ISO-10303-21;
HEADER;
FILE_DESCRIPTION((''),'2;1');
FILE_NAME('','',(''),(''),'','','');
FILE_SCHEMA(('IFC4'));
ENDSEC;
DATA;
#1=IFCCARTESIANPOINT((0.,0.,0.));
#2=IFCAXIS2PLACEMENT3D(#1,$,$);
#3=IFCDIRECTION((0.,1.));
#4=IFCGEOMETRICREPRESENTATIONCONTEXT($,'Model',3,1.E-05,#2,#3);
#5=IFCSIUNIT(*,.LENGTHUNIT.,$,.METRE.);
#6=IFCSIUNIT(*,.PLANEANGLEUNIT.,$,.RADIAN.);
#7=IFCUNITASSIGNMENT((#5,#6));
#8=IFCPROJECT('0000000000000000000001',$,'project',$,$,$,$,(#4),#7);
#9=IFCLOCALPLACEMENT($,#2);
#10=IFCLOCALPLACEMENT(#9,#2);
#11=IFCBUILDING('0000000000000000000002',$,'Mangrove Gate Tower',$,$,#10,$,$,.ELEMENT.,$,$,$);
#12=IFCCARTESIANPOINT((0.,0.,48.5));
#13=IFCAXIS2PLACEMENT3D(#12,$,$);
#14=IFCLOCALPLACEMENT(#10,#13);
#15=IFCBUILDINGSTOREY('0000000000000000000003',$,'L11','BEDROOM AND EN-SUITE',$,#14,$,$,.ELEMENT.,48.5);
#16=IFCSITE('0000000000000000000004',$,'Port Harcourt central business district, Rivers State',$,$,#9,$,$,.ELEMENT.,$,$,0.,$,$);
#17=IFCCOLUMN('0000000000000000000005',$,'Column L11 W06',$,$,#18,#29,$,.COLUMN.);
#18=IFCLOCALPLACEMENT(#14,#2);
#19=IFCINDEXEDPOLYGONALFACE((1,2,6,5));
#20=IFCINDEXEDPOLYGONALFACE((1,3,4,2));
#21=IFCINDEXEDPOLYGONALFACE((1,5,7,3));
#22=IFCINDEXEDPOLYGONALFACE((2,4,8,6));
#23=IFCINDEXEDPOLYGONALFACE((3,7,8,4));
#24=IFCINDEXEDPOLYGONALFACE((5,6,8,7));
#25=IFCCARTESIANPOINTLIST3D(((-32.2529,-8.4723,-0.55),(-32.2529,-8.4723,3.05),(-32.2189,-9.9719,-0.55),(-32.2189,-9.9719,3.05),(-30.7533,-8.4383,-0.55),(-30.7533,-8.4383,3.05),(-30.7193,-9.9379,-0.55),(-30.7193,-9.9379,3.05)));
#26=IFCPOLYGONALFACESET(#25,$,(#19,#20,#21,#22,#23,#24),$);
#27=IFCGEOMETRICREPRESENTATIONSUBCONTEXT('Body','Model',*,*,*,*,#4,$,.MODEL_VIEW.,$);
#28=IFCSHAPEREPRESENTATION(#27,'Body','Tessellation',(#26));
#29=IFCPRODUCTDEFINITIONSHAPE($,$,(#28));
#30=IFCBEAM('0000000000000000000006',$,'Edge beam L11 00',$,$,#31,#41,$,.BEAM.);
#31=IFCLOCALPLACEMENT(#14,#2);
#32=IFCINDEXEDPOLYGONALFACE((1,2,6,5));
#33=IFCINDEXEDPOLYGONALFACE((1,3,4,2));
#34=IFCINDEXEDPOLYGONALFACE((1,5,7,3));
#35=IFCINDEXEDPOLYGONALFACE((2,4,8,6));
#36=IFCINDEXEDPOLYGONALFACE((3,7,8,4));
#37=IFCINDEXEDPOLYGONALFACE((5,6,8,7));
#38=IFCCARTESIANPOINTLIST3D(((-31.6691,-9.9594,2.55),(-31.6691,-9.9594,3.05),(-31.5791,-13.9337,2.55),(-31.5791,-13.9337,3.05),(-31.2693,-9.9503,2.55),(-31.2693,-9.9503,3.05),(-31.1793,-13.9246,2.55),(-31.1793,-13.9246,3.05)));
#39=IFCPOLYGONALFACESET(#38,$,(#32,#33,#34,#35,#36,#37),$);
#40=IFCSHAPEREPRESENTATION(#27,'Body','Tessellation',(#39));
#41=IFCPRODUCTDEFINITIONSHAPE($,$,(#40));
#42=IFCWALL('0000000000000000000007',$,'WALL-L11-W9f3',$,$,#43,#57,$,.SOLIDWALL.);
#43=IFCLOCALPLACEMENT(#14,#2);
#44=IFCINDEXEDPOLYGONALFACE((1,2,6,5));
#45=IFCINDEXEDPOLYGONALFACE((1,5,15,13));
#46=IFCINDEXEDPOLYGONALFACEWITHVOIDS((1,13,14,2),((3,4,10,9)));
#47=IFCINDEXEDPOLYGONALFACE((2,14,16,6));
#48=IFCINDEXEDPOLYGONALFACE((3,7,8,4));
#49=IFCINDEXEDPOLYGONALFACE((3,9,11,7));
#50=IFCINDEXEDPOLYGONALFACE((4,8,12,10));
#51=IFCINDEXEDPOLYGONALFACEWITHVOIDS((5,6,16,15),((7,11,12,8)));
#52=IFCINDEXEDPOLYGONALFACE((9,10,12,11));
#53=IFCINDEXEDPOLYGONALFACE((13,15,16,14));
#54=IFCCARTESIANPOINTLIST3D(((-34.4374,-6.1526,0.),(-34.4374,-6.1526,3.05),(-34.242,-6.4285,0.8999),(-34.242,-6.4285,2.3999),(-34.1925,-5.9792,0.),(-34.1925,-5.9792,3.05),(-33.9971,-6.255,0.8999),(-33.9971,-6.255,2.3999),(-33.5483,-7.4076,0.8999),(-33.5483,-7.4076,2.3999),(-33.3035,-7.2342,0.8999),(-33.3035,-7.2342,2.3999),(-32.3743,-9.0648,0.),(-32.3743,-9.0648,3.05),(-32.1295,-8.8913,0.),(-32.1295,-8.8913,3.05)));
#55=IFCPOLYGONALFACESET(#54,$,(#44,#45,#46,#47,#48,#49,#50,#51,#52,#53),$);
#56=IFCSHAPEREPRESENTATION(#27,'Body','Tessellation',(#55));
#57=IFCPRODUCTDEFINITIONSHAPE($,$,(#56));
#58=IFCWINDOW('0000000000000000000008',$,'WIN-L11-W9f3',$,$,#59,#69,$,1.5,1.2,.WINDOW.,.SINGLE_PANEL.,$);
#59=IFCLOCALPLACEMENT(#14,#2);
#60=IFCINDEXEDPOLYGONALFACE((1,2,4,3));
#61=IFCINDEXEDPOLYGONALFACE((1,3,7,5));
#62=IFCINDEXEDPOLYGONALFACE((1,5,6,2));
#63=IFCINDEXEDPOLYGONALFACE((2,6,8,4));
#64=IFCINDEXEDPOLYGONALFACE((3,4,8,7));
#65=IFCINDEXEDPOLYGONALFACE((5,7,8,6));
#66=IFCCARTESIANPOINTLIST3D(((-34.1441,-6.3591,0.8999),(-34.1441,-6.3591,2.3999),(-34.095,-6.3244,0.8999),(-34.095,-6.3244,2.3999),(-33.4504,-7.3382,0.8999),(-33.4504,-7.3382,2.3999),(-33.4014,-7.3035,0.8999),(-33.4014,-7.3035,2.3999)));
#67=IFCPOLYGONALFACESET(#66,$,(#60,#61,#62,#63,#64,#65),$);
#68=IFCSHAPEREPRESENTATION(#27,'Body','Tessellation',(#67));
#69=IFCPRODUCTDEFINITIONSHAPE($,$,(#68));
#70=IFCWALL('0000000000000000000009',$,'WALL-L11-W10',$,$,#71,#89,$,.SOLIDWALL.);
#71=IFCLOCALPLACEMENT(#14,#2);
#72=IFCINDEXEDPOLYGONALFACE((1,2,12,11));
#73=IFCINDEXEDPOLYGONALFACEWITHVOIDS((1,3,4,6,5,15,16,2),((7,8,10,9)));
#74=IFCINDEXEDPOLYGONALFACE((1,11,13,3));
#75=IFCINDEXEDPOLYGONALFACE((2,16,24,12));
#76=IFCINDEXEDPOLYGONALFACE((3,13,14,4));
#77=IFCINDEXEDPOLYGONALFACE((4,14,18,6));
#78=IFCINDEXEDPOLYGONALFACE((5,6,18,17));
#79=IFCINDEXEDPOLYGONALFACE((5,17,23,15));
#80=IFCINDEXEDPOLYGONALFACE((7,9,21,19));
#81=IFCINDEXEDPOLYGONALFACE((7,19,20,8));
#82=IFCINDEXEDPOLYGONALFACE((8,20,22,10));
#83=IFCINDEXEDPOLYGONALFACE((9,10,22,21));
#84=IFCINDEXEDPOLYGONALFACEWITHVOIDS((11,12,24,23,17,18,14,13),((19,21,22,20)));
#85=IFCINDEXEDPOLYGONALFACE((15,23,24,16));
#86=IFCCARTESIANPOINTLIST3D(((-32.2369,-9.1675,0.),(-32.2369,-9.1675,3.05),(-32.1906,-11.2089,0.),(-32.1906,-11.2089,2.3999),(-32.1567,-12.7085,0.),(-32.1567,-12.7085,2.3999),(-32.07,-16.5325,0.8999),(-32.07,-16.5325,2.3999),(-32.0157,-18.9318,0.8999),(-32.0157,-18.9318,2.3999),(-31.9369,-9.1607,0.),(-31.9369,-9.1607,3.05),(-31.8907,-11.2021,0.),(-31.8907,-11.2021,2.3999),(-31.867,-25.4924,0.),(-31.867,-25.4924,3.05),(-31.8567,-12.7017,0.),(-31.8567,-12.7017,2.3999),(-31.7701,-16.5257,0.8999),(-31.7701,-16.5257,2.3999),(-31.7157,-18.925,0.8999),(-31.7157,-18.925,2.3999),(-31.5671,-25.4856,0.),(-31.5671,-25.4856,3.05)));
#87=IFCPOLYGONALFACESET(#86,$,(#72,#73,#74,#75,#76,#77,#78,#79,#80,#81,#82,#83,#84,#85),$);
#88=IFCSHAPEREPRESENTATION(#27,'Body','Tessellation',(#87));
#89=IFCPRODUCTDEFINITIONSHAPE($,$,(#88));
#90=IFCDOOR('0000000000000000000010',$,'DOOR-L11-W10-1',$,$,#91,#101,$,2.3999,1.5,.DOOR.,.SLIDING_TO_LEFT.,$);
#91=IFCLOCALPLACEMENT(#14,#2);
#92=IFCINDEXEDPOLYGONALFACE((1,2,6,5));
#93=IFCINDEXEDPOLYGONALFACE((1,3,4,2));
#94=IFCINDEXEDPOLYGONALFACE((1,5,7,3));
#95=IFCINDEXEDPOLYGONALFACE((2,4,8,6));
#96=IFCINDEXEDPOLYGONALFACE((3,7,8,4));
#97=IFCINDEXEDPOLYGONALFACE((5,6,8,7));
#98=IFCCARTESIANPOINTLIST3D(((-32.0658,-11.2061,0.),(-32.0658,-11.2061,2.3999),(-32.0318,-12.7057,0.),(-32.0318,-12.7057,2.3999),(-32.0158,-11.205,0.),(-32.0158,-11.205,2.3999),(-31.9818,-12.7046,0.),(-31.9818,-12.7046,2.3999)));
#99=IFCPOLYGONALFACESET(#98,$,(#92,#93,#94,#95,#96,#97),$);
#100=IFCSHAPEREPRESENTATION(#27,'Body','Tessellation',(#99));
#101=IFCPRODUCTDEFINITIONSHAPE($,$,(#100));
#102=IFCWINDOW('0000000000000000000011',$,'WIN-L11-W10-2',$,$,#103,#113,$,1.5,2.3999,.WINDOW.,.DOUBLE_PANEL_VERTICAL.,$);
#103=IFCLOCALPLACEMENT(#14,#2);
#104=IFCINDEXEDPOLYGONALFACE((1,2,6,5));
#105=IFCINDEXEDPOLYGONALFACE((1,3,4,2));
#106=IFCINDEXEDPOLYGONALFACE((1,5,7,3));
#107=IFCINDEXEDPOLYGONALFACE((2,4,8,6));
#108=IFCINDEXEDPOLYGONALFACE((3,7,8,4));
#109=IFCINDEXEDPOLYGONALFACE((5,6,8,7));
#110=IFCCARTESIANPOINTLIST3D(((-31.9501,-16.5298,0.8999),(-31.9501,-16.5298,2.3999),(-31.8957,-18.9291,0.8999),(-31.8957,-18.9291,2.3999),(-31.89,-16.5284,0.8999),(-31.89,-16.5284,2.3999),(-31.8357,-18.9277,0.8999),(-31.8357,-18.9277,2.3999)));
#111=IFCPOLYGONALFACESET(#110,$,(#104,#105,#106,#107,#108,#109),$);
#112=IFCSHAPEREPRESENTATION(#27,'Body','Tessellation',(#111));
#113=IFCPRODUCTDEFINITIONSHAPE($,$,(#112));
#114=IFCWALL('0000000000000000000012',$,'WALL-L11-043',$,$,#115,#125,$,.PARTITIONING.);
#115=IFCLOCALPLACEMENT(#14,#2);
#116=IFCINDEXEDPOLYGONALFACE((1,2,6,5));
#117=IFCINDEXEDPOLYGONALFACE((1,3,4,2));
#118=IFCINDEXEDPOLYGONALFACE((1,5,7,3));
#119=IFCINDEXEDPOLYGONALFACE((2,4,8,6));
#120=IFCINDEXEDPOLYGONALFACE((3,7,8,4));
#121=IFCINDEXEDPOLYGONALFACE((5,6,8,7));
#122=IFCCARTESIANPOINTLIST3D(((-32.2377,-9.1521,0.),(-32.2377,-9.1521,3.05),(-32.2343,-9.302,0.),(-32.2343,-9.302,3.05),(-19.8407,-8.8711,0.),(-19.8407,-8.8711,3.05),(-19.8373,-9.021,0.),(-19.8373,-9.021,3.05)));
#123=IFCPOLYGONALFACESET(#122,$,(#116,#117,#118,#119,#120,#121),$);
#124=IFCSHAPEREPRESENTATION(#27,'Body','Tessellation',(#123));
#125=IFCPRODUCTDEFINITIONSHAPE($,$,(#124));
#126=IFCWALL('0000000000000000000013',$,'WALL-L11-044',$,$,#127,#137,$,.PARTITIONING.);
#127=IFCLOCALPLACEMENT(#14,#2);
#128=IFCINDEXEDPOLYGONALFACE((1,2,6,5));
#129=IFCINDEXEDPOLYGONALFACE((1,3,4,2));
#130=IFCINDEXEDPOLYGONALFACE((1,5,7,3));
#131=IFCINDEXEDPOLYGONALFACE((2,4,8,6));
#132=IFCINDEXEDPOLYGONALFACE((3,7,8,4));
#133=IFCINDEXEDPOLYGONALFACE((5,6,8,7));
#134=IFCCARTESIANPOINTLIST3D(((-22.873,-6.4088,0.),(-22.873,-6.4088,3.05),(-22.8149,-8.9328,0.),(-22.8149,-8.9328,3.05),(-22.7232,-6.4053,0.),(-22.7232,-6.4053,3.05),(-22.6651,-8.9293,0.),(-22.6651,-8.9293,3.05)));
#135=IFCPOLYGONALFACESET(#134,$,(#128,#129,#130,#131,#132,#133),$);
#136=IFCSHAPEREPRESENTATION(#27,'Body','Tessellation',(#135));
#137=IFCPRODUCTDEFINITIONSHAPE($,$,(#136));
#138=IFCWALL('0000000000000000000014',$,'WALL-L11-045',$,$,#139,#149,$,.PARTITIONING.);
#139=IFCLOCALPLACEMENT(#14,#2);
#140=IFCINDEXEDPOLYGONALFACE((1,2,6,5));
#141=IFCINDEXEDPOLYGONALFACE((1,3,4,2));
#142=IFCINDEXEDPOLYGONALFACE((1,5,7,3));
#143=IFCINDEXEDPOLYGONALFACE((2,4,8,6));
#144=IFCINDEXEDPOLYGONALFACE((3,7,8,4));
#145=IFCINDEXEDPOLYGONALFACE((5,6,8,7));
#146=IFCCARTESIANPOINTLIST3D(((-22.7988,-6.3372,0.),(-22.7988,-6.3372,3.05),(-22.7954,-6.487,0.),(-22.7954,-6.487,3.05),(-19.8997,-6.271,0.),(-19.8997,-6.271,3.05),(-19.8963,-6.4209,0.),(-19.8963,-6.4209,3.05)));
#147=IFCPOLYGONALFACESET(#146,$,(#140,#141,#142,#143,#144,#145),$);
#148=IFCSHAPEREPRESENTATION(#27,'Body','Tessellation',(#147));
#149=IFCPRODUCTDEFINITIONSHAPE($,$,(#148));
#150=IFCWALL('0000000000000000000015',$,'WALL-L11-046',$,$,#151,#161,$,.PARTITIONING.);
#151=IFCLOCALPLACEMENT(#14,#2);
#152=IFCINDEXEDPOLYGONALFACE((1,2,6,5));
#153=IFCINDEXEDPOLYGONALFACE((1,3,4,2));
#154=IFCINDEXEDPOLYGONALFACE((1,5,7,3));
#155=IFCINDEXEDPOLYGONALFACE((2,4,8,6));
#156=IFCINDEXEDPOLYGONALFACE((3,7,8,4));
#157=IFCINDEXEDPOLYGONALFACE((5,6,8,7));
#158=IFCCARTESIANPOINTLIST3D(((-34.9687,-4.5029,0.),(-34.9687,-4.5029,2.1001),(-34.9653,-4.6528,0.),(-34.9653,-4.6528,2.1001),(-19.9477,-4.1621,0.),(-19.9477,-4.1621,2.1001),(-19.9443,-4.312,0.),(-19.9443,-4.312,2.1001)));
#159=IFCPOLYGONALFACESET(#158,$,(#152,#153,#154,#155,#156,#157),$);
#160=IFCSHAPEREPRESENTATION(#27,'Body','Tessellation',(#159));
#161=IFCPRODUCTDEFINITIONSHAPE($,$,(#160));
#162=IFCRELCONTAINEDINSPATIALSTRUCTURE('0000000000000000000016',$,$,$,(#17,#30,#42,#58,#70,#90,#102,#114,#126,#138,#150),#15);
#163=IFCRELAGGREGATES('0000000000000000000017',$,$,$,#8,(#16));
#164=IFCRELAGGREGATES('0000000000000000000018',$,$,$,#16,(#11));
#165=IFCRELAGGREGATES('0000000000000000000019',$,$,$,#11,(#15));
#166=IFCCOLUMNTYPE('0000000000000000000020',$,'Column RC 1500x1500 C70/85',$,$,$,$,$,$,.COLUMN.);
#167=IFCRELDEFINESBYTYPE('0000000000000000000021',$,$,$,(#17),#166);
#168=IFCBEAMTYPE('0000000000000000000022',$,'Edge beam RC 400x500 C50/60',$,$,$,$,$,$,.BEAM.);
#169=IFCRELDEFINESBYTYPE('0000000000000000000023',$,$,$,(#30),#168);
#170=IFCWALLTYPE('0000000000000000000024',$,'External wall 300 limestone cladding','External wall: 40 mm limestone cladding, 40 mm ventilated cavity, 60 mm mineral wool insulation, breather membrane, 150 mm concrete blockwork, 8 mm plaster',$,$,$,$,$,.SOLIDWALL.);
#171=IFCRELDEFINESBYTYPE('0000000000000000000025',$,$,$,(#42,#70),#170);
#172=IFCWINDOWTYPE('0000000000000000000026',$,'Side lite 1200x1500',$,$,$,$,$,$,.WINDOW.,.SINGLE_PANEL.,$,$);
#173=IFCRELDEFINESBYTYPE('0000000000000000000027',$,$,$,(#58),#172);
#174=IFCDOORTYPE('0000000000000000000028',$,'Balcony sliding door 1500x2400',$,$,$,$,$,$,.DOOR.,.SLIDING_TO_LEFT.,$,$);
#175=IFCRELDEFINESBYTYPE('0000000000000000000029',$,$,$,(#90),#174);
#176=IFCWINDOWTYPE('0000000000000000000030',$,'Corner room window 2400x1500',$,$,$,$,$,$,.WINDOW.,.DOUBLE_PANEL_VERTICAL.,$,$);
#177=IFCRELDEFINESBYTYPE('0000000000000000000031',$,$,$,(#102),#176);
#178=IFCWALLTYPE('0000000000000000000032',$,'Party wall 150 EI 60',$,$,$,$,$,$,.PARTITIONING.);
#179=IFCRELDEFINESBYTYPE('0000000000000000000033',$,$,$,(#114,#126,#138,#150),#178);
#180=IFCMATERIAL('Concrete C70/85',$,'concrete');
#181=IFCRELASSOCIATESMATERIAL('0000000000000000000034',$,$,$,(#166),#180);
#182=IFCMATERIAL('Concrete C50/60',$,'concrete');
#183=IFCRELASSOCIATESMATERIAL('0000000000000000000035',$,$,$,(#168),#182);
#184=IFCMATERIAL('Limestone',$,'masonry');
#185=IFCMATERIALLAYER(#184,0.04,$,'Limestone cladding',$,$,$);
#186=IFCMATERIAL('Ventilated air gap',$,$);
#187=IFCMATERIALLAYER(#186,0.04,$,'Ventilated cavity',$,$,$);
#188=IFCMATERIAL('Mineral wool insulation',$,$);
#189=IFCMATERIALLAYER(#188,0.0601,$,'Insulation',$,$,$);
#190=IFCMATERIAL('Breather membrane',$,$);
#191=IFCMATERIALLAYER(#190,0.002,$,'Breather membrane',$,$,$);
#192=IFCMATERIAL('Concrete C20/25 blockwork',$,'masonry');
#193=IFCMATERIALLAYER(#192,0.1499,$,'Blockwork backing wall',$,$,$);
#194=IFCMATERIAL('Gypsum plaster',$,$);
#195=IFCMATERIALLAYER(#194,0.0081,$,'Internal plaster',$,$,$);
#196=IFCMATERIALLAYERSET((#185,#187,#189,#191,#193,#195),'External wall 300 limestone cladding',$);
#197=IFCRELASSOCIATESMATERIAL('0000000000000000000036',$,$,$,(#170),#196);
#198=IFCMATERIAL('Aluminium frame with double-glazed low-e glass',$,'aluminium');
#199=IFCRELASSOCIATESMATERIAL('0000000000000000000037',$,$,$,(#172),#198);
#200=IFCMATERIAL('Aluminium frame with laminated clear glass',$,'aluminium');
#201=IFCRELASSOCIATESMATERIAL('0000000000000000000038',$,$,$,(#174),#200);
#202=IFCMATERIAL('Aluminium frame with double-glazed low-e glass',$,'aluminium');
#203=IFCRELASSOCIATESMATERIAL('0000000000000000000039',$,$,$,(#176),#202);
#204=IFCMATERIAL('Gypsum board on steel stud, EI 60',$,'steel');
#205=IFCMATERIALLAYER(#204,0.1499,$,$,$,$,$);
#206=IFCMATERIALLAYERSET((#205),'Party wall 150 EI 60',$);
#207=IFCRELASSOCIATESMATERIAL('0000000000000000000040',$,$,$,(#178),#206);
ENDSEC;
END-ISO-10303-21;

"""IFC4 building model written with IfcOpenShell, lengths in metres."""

from ifc_helpers import new_model, si_unit, direction, frame, frame_2d, origin, origin_2d, place, context, subcontext, project, spatial, rectangle, extrude, material, layer, layer_set, material_profile, profile_set, type_object, element, fill, save


model = new_model("IFC4")

# Units and contexts
model_context = context("Model", 3, precision=1e-05, world=origin(), true_north=direction((0.0, 1.0)))
body_context = subcontext(model_context, "Body", "Model", "MODEL_VIEW")
ifc_project = project(units=[si_unit("LENGTHUNIT", "METRE"), si_unit("PLANEANGLEUNIT", "RADIAN")], contexts=[model_context])

# Site, building, storey
site_placement = place(None, origin())
site = spatial("IfcSite", under=ifc_project, at=site_placement, Name="Port Harcourt central business district, Rivers State", CompositionType="ELEMENT", RefElevation=0.0)
building_placement = place(site_placement, origin())
building = spatial("IfcBuilding", under=site, at=building_placement, Name="Mangrove Gate Tower", CompositionType="ELEMENT")
storey_placement = place(building_placement, frame((0.0, 0.0, 48.5)))
storey = spatial("IfcBuildingStorey", under=building, at=storey_placement, Name="L11", Description="BEDROOM AND EN-SUITE", CompositionType="ELEMENT", Elevation=48.5)

# Column
ifc_material_1 = material(Name="Concrete C70/85", Category="concrete")
ifc_material_profile_1 = material_profile(ifc_material_1, rectangle(XDim=1.5, YDim=1.5, at=origin_2d()))
ifc_profile_set_1 = profile_set([ifc_material_profile_1], Name="Concrete C70/85")
column_type = type_object("IfcColumnType", Name="Column RC 1500x1500 C70/85", PredefinedType="COLUMN", material=ifc_profile_set_1)
column_placement = place(storey_placement, frame((-31.4861, -9.2051, -0.55), z_axis=(0.0, 0.0, 1.0), x_axis=(0.022678, -0.999743, 0.0)))
element("IfcColumn", 1, at=column_placement, inside=storey, type_object=column_type, Name="Column L11 W06", PredefinedType="COLUMN", context=body_context, shape_type="SweptSolid", body=[
    extrude(rectangle(XDim=1.5, YDim=1.5, at=origin_2d()), origin(), (0.0, 0.0, 1.0), 3.6001),
])

# Beam
ifc_material_2 = material(Name="Concrete C50/60", Category="concrete")
ifc_material_profile_2 = material_profile(ifc_material_2, rectangle(XDim=0.3999, YDim=0.5, at=origin_2d()))
ifc_profile_set_2 = profile_set([ifc_material_profile_2], Name="Concrete C50/60")
beam_type = type_object("IfcBeamType", Name="Edge beam RC 400x500 C50/60", PredefinedType="BEAM", material=ifc_profile_set_2)
beam_placement = place(storey_placement, frame((-31.4692, -9.9548, 2.8), z_axis=(0.022661, -0.999743, 0.0), x_axis=(0.999743, 0.022661, 0.0)))
element("IfcBeam", 2, at=beam_placement, inside=storey, type_object=beam_type, Name="Edge beam L11 00", PredefinedType="BEAM", context=body_context, shape_type="SweptSolid", body=[
    extrude(rectangle(XDim=0.3999, YDim=0.5, at=origin_2d()), origin(), (0.0, 0.0, 1.0), 3.9753),
])

# Wall, opening, window
ifc_material_3 = material(Name="Limestone", Category="masonry")
ifc_layer_1 = layer(ifc_material_3, 0.04, Name="Limestone cladding")
ifc_material_4 = material(Name="Ventilated air gap")
ifc_layer_2 = layer(ifc_material_4, 0.04, Name="Ventilated cavity")
ifc_material_5 = material(Name="Mineral wool insulation")
ifc_layer_3 = layer(ifc_material_5, 0.0601, Name="Insulation")
ifc_material_6 = material(Name="Breather membrane")
ifc_layer_4 = layer(ifc_material_6, 0.002, Name="Breather membrane")
ifc_material_7 = material(Name="Concrete C20/25 blockwork", Category="masonry")
ifc_layer_5 = layer(ifc_material_7, 0.1499, Name="Blockwork backing wall")
ifc_material_8 = material(Name="Gypsum plaster")
ifc_layer_6 = layer(ifc_material_8, 0.0081, Name="Internal plaster")
ifc_layer_set_1 = layer_set([ifc_layer_1, ifc_layer_2, ifc_layer_3, ifc_layer_4, ifc_layer_5, ifc_layer_6], Name="External wall 300 limestone cladding")
wall_type_1 = type_object("IfcWallType", Name="External wall 300 limestone cladding", Description="External wall: 40 mm limestone cladding, 40 mm ventilated cavity, 60 mm mineral wool insulation, breather membrane, 150 mm concrete blockwork, 8 mm plaster", PredefinedType="SOLIDWALL", material=ifc_layer_set_1)
wall_1_placement = place(storey_placement, frame((-34.3149, -6.0659, 0.0), z_axis=(0.0, 0.0, 1.0), x_axis=(0.578063, -0.815992, 0.0)))
wall_1 = element("IfcWall", 3, at=wall_1_placement, inside=storey, type_object=wall_type_1, Name="WALL-L11-W9f3", PredefinedType="SOLIDWALL", context=body_context, shape_type="SweptSolid", body=[
    extrude(rectangle(XDim=3.5688, YDim=0.3, at=frame_2d((1.7844, 0.0))), origin(), (0.0, 0.0, 1.0), 3.05),
])
opening_1_placement = place(wall_1_placement, frame((0.3379, 0.0, 0.8999)))
opening_1 = element("IfcOpeningElement", 4, at=opening_1_placement, cuts=wall_1, PredefinedType="OPENING", context=body_context, shape_type="SweptSolid", body=[
    extrude(rectangle(XDim=1.2, YDim=1.5, at=frame_2d((0.6001, 0.75))), frame((0.0, 0.1599, 0.0), z_axis=(0.0, -1.0, 0.0), x_axis=(1.0, 0.0, 0.0)), (0.0, 0.0, 1.0), 0.3201),
])
ifc_material_9 = material(Name="Aluminium frame with double-glazed low-e glass", Category="aluminium")
window_type_1 = type_object("IfcWindowType", Name="Side lite 1200x1500", PartitioningType="SINGLE_PANEL", PredefinedType="WINDOW", material=ifc_material_9)
window_1_placement = place(opening_1_placement, origin())
window_1 = element("IfcWindow", 5, at=window_1_placement, inside=storey, type_object=window_type_1, Name="WIN-L11-W9f3", OverallHeight=1.5, OverallWidth=1.2, PartitioningType="SINGLE_PANEL", PredefinedType="WINDOW", context=body_context, shape_type="SweptSolid", body=[
    extrude(rectangle(XDim=1.2, YDim=1.5, at=frame_2d((0.6001, 0.75))), frame((0.0, 0.03, 0.0), z_axis=(0.0, -1.0, 0.0), x_axis=(1.0, 0.0, 0.0)), (0.0, 0.0, 1.0), 0.0601),
])
fill(opening_1, window_1)

# Wall, openings, door, window
wall_2_placement = place(storey_placement, frame((-32.0869, -9.1641, 0.0), z_axis=(0.0, 0.0, 1.0), x_axis=(0.022651, -0.999743, 0.0)))
wall_2 = element("IfcWall", 6, at=wall_2_placement, inside=storey, type_object=wall_type_1, Name="WALL-L11-W10", PredefinedType="SOLIDWALL", context=body_context, shape_type="SweptSolid", body=[
    extrude(rectangle(XDim=16.3291, YDim=0.3, at=frame_2d((8.1646, 0.0))), origin(), (0.0, 0.0, 1.0), 3.05),
])
opening_2_placement = place(wall_2_placement, frame((2.042, 0.0, 0.0)))
opening_2 = element("IfcOpeningElement", 7, at=opening_2_placement, cuts=wall_2, PredefinedType="OPENING", context=body_context, shape_type="SweptSolid", body=[
    extrude(rectangle(XDim=1.5, YDim=2.3999, at=frame_2d((0.75, 1.2))), frame((0.0, 0.1599, 0.0), z_axis=(0.0, -1.0, 0.0), x_axis=(1.0, 0.0, 0.0)), (0.0, 0.0, 1.0), 0.3201),
])
opening_3_placement = place(wall_2_placement, frame((7.3669, 0.0, 0.8999)))
opening_3 = element("IfcOpeningElement", 8, at=opening_3_placement, cuts=wall_2, PredefinedType="OPENING", context=body_context, shape_type="SweptSolid", body=[
    extrude(rectangle(XDim=2.3999, YDim=1.5, at=frame_2d((1.2, 0.75))), frame((0.0, 0.1599, 0.0), z_axis=(0.0, -1.0, 0.0), x_axis=(1.0, 0.0, 0.0)), (0.0, 0.0, 1.0), 0.3201),
])
ifc_material_10 = material(Name="Aluminium frame with laminated clear glass", Category="aluminium")
door_type = type_object("IfcDoorType", Name="Balcony sliding door 1500x2400", OperationType="SLIDING_TO_LEFT", PredefinedType="DOOR", material=ifc_material_10)
door_placement = place(opening_2_placement, origin())
door = element("IfcDoor", 9, at=door_placement, inside=storey, type_object=door_type, Name="DOOR-L11-W10-1", OperationType="SLIDING_TO_LEFT", OverallHeight=2.3999, OverallWidth=1.5, PredefinedType="DOOR", context=body_context, shape_type="SweptSolid", body=[
    extrude(rectangle(XDim=1.5, YDim=2.3999, at=frame_2d((0.75, 1.2))), frame((0.0, 0.0249, 0.0), z_axis=(0.0, -1.0, 0.0), x_axis=(1.0, 0.0, 0.0)), (0.0, 0.0, 1.0), 0.05),
])
fill(opening_2, door)
ifc_material_11 = material(Name="Aluminium frame with double-glazed low-e glass", Category="aluminium")
window_type_2 = type_object("IfcWindowType", Name="Corner room window 2400x1500", PartitioningType="DOUBLE_PANEL_VERTICAL", PredefinedType="WINDOW", material=ifc_material_11)
window_2_placement = place(opening_3_placement, origin())
window_2 = element("IfcWindow", 10, at=window_2_placement, inside=storey, type_object=window_type_2, Name="WIN-L11-W10-2", OverallHeight=1.5, OverallWidth=2.3999, PartitioningType="DOUBLE_PANEL_VERTICAL", PredefinedType="WINDOW", context=body_context, shape_type="SweptSolid", body=[
    extrude(rectangle(XDim=2.3999, YDim=1.5, at=frame_2d((1.2, 0.75))), frame((0.0, 0.03, 0.0), z_axis=(0.0, -1.0, 0.0), x_axis=(1.0, 0.0, 0.0)), (0.0, 0.0, 1.0), 0.0601),
])
fill(opening_3, window_2)

# Walls
ifc_material_12 = material(Name="Gypsum board on steel stud, EI 60", Category="steel")
ifc_layer_7 = layer(ifc_material_12, 0.1499)
ifc_layer_set_2 = layer_set([ifc_layer_7], Name="Party wall 150 EI 60")
wall_type_2 = type_object("IfcWallType", Name="Party wall 150 EI 60", PredefinedType="PARTITIONING", material=ifc_layer_set_2)
wall_3_placement = place(storey_placement, frame((-32.2361, -9.2271, 0.0), z_axis=(0.0, 0.0, 1.0), x_axis=(0.999743, 0.022661, 0.0)))
element("IfcWall", 11, at=wall_3_placement, inside=storey, type_object=wall_type_2, Name="WALL-L11-043", PredefinedType="PARTITIONING", context=body_context, shape_type="SweptSolid", body=[
    extrude(rectangle(XDim=12.4001, YDim=0.1499, at=frame_2d((6.2002, 0.0))), origin(), (0.0, 0.0, 1.0), 3.05),
])
wall_4_placement = place(storey_placement, frame((-22.74, -8.9309, 0.0), z_axis=(0.0, 0.0, 1.0), x_axis=(-0.023016, 0.999735, 0.0)))
element("IfcWall", 12, at=wall_4_placement, inside=storey, type_object=wall_type_2, Name="WALL-L11-044", PredefinedType="PARTITIONING", context=body_context, shape_type="SweptSolid", body=[
    extrude(rectangle(XDim=2.5247, YDim=0.1499, at=frame_2d((1.2622, 0.0))), origin(), (0.0, 0.0, 1.0), 3.05),
])
wall_5_placement = place(storey_placement, frame((-22.7971, -6.4121, 0.0), z_axis=(0.0, 0.0, 1.0), x_axis=(0.99974, 0.022815, 0.0)))
element("IfcWall", 13, at=wall_5_placement, inside=storey, type_object=wall_type_2, Name="WALL-L11-045", PredefinedType="PARTITIONING", context=body_context, shape_type="SweptSolid", body=[
    extrude(rectangle(XDim=2.8999, YDim=0.1499, at=frame_2d((1.45, 0.0))), origin(), (0.0, 0.0, 1.0), 3.05),
])
wall_6_placement = place(storey_placement, frame((-34.967, -4.5779, 0.0), z_axis=(0.0, 0.0, 1.0), x_axis=(0.999743, 0.022684, 0.0)))
element("IfcWall", 14, at=wall_6_placement, inside=storey, type_object=wall_type_2, Name="WALL-L11-046", PredefinedType="PARTITIONING", context=body_context, shape_type="SweptSolid", body=[
    extrude(rectangle(XDim=15.0249, YDim=0.1499, at=frame_2d((7.5125, 0.0))), origin(), (0.0, 0.0, 1.0), 2.1001),
])

save(model, "model.ifc")
